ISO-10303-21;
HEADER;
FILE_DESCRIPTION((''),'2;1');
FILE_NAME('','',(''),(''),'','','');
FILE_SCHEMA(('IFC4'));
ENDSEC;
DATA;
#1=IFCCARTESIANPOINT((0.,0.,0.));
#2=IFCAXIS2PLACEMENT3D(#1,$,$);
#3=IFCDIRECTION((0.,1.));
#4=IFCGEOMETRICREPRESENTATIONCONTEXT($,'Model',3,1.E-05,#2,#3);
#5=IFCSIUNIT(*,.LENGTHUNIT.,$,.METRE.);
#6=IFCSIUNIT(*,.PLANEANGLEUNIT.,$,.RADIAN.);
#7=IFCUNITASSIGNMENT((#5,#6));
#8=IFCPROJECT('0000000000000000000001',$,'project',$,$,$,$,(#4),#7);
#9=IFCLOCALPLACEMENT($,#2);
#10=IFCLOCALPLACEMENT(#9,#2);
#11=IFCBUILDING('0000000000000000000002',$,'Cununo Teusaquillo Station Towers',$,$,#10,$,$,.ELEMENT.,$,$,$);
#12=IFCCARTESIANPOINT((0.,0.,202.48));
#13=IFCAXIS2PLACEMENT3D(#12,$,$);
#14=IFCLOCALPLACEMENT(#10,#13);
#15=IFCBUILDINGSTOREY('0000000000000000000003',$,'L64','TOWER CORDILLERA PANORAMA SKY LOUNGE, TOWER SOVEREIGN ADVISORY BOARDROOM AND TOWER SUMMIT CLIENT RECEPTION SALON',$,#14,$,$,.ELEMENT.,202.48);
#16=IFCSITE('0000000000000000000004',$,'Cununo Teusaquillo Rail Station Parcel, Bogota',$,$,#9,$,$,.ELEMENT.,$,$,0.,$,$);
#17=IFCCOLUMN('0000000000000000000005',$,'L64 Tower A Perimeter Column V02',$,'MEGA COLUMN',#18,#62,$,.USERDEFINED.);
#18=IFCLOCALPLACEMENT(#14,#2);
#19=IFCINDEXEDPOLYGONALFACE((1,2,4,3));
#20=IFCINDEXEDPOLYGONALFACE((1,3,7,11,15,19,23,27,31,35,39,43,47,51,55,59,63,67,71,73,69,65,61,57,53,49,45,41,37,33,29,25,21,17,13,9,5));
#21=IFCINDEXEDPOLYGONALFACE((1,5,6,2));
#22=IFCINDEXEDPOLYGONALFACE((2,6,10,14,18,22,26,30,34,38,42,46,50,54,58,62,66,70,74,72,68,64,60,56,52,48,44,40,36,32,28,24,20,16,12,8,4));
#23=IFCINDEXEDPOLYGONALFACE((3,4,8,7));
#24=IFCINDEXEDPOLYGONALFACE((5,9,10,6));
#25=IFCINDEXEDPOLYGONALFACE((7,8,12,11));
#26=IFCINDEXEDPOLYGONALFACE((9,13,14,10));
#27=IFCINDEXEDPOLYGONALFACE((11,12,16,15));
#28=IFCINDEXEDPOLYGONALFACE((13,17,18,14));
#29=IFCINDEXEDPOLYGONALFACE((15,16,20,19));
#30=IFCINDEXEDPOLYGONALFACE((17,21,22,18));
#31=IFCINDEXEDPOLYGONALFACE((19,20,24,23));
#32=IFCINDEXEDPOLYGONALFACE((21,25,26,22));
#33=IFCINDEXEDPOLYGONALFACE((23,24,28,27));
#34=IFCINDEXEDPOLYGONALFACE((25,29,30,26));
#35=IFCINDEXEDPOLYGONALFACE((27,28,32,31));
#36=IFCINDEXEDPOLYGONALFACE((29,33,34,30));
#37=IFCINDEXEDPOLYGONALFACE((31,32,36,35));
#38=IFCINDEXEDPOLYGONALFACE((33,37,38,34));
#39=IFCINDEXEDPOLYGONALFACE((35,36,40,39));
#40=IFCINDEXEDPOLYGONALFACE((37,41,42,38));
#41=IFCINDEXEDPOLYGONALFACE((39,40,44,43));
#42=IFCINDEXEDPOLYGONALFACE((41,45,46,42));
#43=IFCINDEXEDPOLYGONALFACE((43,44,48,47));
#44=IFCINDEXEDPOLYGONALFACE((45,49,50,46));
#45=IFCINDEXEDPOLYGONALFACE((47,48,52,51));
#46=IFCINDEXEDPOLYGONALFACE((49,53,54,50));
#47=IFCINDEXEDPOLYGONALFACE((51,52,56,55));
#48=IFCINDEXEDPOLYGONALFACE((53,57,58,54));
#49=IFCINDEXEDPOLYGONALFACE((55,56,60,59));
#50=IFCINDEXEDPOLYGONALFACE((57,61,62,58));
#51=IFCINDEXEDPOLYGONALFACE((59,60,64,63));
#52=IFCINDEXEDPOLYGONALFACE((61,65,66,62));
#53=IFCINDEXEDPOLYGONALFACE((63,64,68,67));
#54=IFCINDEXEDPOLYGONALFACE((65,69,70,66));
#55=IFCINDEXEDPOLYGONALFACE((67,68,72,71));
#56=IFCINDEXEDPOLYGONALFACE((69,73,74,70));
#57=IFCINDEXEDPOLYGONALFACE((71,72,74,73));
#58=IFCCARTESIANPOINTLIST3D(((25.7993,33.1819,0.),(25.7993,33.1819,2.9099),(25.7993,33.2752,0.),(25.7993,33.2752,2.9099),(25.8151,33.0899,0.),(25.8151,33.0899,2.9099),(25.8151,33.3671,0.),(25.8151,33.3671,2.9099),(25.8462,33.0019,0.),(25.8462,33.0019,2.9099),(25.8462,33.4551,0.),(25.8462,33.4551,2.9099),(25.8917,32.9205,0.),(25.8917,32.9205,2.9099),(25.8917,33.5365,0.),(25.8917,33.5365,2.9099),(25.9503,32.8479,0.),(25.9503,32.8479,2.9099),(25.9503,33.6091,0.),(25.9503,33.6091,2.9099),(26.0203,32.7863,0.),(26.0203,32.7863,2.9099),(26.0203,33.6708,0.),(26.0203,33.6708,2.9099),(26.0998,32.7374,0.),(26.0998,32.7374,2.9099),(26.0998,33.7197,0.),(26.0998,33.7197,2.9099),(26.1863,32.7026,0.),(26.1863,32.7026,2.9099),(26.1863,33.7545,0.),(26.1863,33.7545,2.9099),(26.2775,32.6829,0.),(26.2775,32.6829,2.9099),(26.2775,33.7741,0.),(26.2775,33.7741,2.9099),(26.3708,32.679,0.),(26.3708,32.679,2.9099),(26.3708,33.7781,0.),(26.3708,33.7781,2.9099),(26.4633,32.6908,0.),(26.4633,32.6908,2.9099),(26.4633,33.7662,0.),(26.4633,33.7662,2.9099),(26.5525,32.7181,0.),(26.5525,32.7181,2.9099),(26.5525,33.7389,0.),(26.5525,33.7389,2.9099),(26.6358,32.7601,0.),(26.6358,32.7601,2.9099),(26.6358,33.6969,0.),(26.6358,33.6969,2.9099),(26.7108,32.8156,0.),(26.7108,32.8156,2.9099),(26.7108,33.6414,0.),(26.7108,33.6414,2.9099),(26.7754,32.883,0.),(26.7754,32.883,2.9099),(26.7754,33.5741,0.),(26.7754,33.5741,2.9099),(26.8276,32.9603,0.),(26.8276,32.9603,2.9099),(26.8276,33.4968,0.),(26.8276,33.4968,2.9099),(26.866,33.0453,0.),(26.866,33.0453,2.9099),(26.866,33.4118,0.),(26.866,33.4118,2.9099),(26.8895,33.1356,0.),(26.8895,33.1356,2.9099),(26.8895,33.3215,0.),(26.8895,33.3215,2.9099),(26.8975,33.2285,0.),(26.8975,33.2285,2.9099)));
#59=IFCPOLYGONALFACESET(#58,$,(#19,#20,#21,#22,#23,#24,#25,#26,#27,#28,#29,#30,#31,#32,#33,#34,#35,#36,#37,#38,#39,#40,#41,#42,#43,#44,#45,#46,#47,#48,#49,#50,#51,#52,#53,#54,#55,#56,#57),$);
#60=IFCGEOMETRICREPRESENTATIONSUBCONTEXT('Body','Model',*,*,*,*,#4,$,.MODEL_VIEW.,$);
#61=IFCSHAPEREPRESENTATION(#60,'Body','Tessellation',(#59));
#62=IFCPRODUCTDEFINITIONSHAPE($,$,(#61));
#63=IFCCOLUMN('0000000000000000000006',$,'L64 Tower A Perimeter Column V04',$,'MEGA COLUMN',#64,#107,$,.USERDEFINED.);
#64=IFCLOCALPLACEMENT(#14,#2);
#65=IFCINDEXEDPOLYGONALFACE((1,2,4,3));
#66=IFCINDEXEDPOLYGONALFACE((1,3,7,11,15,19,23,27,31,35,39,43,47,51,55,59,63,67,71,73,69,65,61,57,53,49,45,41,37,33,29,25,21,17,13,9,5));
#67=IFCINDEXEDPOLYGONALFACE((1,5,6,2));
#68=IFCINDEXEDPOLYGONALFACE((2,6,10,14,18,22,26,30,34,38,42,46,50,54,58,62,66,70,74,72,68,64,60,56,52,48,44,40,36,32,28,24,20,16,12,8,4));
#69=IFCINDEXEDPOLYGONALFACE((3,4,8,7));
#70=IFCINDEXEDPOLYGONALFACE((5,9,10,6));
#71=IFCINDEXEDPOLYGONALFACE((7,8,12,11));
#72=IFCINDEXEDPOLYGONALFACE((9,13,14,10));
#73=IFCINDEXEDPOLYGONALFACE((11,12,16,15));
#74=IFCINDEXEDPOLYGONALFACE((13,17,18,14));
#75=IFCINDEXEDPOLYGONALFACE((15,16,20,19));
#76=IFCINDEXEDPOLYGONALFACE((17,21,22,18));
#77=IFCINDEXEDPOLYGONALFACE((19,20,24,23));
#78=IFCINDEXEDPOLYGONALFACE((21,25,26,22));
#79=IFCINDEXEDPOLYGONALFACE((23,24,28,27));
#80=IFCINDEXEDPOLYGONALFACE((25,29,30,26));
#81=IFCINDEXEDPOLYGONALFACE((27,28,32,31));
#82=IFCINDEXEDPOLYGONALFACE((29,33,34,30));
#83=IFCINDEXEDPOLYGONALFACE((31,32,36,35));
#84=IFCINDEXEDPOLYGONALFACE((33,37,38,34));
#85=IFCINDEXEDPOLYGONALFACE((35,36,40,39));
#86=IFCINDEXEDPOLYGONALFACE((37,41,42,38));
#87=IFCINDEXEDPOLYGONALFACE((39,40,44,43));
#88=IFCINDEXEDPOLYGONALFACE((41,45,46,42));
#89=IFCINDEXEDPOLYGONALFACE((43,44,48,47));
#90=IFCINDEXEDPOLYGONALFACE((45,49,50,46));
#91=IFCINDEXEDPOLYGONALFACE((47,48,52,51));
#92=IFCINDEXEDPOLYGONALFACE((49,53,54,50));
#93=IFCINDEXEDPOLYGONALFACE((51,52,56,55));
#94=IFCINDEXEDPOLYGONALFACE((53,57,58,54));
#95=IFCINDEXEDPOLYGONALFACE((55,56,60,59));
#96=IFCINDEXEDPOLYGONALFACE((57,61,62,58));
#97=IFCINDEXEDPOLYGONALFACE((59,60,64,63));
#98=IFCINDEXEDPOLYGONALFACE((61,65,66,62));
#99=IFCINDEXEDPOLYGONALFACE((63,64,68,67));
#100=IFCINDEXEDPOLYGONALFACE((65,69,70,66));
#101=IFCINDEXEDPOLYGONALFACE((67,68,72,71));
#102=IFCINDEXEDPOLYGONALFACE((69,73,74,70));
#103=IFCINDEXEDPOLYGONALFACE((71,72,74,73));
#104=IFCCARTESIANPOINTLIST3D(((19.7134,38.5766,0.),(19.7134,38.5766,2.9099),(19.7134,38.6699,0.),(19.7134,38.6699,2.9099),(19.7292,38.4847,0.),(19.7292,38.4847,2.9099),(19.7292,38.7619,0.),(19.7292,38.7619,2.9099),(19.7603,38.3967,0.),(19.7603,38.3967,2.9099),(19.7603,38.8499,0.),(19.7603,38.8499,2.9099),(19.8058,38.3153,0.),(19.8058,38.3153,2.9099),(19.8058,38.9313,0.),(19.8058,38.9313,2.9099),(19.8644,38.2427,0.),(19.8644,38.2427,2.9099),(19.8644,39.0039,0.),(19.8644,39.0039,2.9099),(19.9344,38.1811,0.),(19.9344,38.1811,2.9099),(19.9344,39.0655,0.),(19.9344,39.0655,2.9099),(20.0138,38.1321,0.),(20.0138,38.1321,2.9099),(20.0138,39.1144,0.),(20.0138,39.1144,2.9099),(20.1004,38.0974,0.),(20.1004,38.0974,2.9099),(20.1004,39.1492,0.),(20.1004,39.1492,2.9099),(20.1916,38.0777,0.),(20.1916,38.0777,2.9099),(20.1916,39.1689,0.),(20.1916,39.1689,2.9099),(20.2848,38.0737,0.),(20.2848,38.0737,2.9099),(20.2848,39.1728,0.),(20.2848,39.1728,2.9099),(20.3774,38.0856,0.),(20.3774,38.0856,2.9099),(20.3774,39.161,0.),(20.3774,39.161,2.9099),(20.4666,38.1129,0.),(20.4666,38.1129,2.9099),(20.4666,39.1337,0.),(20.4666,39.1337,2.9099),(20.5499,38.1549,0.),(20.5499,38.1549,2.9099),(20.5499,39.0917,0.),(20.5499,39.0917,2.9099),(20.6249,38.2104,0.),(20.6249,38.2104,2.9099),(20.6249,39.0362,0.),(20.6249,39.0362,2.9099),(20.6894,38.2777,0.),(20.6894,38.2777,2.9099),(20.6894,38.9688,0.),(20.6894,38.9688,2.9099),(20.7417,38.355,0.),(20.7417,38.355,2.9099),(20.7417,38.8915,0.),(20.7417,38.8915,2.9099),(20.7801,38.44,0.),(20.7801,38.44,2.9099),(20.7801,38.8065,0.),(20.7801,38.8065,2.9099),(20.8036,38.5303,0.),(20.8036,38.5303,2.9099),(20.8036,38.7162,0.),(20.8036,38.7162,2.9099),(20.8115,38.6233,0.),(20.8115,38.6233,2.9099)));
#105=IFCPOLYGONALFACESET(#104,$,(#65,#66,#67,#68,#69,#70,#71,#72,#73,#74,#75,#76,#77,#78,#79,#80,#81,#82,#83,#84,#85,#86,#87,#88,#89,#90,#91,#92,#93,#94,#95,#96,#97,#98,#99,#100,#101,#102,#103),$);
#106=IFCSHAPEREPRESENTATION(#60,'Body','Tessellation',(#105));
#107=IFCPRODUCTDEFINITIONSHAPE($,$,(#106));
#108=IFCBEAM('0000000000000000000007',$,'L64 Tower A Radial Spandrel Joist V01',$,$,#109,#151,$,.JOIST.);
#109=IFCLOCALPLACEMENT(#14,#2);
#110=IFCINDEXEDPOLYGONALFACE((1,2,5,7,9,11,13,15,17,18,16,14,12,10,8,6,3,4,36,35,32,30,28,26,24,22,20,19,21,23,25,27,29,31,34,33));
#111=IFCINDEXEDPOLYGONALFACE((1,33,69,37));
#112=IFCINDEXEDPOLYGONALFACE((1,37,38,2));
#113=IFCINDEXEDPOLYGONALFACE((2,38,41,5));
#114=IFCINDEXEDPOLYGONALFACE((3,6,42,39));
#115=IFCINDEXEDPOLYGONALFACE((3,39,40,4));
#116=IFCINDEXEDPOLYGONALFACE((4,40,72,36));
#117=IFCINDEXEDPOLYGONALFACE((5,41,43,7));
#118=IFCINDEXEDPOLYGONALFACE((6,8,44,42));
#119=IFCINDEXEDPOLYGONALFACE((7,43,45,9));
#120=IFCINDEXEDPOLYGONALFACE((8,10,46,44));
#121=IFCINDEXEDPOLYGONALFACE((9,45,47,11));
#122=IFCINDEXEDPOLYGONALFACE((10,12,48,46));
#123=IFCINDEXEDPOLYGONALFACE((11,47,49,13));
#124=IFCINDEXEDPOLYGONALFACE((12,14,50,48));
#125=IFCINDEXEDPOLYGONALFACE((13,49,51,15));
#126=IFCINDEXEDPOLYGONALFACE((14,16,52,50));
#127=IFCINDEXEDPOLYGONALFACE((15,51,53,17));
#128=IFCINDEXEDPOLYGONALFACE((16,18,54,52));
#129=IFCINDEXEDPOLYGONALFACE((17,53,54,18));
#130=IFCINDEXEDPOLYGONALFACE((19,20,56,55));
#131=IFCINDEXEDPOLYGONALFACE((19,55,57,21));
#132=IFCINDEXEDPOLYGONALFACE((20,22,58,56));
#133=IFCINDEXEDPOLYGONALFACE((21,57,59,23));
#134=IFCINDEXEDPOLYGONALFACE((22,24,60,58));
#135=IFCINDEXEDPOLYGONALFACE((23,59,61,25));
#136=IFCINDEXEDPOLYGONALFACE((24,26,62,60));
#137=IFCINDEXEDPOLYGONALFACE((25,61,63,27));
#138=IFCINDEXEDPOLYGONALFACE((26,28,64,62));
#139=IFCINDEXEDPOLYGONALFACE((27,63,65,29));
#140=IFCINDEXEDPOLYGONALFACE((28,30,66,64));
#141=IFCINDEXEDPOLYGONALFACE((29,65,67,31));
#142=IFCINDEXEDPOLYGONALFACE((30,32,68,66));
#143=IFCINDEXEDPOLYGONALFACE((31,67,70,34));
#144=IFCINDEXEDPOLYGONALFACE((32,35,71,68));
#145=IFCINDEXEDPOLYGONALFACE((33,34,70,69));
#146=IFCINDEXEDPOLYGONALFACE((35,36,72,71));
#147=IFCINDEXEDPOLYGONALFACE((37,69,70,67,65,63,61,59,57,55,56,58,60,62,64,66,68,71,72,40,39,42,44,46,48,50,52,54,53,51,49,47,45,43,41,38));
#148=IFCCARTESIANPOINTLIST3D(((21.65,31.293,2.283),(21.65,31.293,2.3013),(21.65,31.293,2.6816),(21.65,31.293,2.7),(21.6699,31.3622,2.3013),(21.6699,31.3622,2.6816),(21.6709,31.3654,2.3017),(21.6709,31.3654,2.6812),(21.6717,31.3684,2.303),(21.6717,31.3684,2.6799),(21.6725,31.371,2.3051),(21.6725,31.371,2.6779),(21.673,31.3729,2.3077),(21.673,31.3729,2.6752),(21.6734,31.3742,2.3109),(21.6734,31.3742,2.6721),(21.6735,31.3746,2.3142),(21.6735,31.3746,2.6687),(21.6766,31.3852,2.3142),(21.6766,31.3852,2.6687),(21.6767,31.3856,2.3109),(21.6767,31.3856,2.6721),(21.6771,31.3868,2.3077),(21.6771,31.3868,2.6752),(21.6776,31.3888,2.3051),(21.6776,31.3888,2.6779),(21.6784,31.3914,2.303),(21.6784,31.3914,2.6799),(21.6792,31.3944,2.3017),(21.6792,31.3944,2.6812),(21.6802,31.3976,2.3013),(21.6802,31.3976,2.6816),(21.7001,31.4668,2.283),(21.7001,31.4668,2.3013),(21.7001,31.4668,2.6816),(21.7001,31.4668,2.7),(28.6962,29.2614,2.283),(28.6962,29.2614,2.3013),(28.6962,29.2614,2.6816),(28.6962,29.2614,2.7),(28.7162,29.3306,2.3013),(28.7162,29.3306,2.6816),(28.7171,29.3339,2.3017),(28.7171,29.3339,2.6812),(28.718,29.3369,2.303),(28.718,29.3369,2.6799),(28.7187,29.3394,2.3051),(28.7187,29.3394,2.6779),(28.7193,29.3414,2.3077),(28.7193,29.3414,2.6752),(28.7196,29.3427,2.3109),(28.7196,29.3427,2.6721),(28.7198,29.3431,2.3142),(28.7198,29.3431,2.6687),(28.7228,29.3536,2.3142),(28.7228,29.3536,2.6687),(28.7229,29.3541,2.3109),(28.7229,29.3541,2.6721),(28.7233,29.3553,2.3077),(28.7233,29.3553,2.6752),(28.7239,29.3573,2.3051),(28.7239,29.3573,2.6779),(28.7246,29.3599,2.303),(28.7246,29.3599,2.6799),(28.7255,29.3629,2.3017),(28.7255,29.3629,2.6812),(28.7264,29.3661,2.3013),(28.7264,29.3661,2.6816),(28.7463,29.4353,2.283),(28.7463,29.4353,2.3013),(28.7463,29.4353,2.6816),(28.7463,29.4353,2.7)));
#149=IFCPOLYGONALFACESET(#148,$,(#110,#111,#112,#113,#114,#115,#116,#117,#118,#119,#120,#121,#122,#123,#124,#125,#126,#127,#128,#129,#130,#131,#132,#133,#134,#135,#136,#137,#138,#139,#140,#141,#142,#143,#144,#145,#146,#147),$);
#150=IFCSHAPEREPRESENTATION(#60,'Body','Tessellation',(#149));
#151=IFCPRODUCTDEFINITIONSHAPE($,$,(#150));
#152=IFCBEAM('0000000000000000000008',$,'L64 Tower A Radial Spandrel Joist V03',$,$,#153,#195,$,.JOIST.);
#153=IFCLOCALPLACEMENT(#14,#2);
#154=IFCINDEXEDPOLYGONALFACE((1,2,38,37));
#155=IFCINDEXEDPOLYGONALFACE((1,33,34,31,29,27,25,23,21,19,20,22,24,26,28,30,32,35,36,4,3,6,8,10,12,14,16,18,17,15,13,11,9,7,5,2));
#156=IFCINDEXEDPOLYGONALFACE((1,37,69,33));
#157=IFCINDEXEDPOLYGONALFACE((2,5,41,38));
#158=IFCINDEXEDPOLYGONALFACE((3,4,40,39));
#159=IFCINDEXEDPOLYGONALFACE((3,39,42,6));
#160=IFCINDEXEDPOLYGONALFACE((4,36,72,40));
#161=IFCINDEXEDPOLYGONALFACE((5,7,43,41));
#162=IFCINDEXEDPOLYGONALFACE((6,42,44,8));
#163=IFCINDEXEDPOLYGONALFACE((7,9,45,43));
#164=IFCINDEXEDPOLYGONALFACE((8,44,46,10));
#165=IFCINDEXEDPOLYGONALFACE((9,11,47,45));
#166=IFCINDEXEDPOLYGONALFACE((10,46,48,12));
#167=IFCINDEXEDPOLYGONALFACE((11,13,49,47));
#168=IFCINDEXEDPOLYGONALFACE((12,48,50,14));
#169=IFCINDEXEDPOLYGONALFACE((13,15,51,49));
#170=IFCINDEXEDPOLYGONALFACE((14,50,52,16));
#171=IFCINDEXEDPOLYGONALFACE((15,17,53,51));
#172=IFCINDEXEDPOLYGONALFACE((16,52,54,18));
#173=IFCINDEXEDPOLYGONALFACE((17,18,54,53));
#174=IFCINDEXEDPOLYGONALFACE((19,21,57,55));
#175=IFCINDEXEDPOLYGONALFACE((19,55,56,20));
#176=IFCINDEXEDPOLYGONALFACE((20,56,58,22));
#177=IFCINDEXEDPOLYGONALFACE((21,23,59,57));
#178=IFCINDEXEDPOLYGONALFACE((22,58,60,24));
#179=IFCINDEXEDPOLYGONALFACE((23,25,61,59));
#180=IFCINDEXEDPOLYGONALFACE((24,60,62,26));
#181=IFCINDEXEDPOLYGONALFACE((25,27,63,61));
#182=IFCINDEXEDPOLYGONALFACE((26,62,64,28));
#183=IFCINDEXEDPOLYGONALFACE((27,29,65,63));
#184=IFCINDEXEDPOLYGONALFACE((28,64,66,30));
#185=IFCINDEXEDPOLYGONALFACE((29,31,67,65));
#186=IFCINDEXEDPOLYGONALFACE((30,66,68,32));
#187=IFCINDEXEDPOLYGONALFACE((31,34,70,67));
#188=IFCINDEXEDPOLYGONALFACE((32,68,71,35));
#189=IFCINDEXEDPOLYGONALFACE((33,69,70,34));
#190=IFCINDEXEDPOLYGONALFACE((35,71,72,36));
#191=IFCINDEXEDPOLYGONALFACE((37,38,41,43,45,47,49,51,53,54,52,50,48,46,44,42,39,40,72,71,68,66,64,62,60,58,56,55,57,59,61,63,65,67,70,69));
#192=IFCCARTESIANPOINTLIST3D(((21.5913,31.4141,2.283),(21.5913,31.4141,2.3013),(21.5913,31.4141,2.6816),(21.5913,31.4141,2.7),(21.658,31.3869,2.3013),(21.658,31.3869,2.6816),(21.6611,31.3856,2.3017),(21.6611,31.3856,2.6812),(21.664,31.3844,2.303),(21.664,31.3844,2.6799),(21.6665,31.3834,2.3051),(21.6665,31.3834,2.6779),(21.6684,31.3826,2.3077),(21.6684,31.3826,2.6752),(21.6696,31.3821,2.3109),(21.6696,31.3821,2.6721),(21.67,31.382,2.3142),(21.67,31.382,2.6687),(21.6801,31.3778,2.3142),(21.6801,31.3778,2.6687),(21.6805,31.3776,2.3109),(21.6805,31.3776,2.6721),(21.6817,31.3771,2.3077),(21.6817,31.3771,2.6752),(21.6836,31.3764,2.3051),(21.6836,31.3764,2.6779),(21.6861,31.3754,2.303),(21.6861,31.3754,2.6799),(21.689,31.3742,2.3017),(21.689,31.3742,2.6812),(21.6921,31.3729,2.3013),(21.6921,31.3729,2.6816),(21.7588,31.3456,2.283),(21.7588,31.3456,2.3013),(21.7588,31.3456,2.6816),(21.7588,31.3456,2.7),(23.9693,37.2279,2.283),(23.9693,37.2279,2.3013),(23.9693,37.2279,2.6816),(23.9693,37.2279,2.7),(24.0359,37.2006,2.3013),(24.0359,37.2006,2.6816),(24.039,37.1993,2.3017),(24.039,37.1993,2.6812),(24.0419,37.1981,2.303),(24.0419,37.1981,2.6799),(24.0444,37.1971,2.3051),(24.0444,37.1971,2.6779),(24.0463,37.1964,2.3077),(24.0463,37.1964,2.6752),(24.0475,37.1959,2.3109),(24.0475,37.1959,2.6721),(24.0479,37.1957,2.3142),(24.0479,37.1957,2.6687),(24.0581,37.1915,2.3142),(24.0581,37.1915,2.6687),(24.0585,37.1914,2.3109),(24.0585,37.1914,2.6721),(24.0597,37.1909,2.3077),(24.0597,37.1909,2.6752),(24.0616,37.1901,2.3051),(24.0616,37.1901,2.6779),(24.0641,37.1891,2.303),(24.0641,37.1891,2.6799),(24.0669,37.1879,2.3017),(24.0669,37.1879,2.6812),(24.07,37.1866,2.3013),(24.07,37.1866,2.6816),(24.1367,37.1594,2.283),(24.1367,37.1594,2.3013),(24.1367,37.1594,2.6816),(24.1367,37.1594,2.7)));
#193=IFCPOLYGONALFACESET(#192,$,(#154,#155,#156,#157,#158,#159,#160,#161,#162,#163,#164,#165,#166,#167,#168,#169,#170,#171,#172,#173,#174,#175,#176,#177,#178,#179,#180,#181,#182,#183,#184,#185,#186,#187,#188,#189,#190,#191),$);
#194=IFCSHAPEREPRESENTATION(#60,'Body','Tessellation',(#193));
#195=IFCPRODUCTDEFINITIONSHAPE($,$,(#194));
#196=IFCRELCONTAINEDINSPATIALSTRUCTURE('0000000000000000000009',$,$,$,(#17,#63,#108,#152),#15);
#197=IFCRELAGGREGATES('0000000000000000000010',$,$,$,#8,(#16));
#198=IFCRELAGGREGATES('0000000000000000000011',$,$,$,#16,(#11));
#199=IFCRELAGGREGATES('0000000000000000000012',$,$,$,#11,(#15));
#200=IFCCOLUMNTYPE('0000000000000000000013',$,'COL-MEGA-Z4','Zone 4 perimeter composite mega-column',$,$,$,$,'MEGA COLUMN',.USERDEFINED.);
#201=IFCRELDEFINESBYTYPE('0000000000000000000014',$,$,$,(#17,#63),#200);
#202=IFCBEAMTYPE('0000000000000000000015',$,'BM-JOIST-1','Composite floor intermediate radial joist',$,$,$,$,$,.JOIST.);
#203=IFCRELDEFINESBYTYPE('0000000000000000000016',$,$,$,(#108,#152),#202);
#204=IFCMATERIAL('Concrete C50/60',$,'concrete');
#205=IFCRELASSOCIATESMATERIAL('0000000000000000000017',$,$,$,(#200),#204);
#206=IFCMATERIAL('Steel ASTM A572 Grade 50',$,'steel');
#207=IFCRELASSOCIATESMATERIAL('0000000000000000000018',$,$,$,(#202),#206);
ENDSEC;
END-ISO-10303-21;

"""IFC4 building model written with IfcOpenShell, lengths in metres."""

from ifc_helpers import new_model, si_unit, direction, frame, origin, origin_2d, place, context, subcontext, project, spatial, circle, i_section, extrude, material, material_profile, profile_set, type_object, element, save


model = new_model("IFC4")

# Units and contexts
model_context = context("Model", 3, precision=1e-05, world=origin(), true_north=direction((0.0, 1.0)))
body_context = subcontext(model_context, "Body", "Model", "MODEL_VIEW")
ifc_project = project(units=[si_unit("LENGTHUNIT", "METRE"), si_unit("PLANEANGLEUNIT", "RADIAN")], contexts=[model_context])

# Site, building, storey
site_placement = place(None, origin())
site = spatial("IfcSite", under=ifc_project, at=site_placement, Name="Cununo Teusaquillo Rail Station Parcel, Bogota", CompositionType="ELEMENT", RefElevation=0.0)
building_placement = place(site_placement, origin())
building = spatial("IfcBuilding", under=site, at=building_placement, Name="Cununo Teusaquillo Station Towers", CompositionType="ELEMENT")
storey_placement = place(building_placement, frame((0.0, 0.0, 202.48)))
storey = spatial("IfcBuildingStorey", under=building, at=storey_placement, Name="L64", Description="TOWER CORDILLERA PANORAMA SKY LOUNGE, TOWER SOVEREIGN ADVISORY BOARDROOM AND TOWER SUMMIT CLIENT RECEPTION SALON", CompositionType="ELEMENT", Elevation=202.48)

# Columns
ifc_material_1 = material(Name="Concrete C50/60", Category="concrete")
ifc_material_profile_1 = material_profile(ifc_material_1, circle(Radius=0.55, at=origin_2d()), Name="RC-CIRC-1100")
ifc_profile_set_1 = profile_set([ifc_material_profile_1], Name="Concrete C50/60")
column_type = type_object("IfcColumnType", Name="COL-MEGA-Z4", Description="Zone 4 perimeter composite mega-column", ElementType="MEGA COLUMN", PredefinedType="USERDEFINED", material=ifc_profile_set_1)
for number, where, z_axis, x_axis, name in (
    (1, (26.3474, 33.2285, 0.0), (0.0, 0.0, 1.0), (1.0, 0.0, 0.0), "L64 Tower A Perimeter Column V02"),
    (2, (20.2615, 38.6233, 0.0), (0.0, 0.0, 1.0), (1.0, 0.0, 0.0), "L64 Tower A Perimeter Column V04"),
):
    element("IfcColumn", number, at=place(storey_placement, frame(where, z_axis=z_axis, x_axis=x_axis)), inside=storey, type_object=column_type, Name=name, ObjectType="MEGA COLUMN", PredefinedType="USERDEFINED", context=body_context, shape_type="SweptSolid", body=[
        extrude(circle(Radius=0.55, at=origin_2d()), origin(), (0.0, 0.0, 1.0), 2.9099),
    ])

# Beams
ifc_material_2 = material(Name="Steel ASTM A572 Grade 50", Category="steel")
ifc_material_profile_2 = material_profile(ifc_material_2, i_section(OverallWidth=0.1809, OverallDepth=0.417, WebThickness=0.011, FlangeThickness=0.0183, FilletRadius=0.0129, at=origin_2d()), Name="W16X57")
ifc_profile_set_2 = profile_set([ifc_material_profile_2], Name="Steel ASTM A572 Grade 50")
beam_type_1 = type_object("IfcBeamType", Name="BM-JOIST-1", Description="Composite floor intermediate radial joist", PredefinedType="JOIST", material=ifc_profile_set_2)
beam_1_placement = place(storey_placement, frame((21.675, 31.3799, 2.4915), z_axis=(0.960862, -0.277029, 0.0), x_axis=(0.277029, 0.960862, 0.0)))
element("IfcBeam", 3, at=beam_1_placement, inside=storey, type_object=beam_type_1, Name="L64 Tower A Radial Spandrel Joist V01", PredefinedType="JOIST", context=body_context, shape_type="SweptSolid", body=[
    extrude(i_section(OverallWidth=0.1809, OverallDepth=0.417, WebThickness=0.011, FlangeThickness=0.0183, FilletRadius=0.0129, at=origin_2d()), origin(), (0.0, 0.0, 1.0), 7.3333),
])
beam_2_placement = place(storey_placement, frame((21.675, 31.3799, 2.4915), z_axis=(0.378577, 0.92557, 0.0), x_axis=(-0.92557, 0.378577, 0.0)))
element("IfcBeam", 4, at=beam_2_placement, inside=storey, type_object=beam_type_1, Name="L64 Tower A Radial Spandrel Joist V03", PredefinedType="JOIST", context=body_context, shape_type="SweptSolid", body=[
    extrude(i_section(OverallWidth=0.1809, OverallDepth=0.417, WebThickness=0.011, FlangeThickness=0.0183, FilletRadius=0.0129, at=origin_2d()), origin(), (0.0, 0.0, 1.0), 6.2812),
])

save(model, "model.ifc")
